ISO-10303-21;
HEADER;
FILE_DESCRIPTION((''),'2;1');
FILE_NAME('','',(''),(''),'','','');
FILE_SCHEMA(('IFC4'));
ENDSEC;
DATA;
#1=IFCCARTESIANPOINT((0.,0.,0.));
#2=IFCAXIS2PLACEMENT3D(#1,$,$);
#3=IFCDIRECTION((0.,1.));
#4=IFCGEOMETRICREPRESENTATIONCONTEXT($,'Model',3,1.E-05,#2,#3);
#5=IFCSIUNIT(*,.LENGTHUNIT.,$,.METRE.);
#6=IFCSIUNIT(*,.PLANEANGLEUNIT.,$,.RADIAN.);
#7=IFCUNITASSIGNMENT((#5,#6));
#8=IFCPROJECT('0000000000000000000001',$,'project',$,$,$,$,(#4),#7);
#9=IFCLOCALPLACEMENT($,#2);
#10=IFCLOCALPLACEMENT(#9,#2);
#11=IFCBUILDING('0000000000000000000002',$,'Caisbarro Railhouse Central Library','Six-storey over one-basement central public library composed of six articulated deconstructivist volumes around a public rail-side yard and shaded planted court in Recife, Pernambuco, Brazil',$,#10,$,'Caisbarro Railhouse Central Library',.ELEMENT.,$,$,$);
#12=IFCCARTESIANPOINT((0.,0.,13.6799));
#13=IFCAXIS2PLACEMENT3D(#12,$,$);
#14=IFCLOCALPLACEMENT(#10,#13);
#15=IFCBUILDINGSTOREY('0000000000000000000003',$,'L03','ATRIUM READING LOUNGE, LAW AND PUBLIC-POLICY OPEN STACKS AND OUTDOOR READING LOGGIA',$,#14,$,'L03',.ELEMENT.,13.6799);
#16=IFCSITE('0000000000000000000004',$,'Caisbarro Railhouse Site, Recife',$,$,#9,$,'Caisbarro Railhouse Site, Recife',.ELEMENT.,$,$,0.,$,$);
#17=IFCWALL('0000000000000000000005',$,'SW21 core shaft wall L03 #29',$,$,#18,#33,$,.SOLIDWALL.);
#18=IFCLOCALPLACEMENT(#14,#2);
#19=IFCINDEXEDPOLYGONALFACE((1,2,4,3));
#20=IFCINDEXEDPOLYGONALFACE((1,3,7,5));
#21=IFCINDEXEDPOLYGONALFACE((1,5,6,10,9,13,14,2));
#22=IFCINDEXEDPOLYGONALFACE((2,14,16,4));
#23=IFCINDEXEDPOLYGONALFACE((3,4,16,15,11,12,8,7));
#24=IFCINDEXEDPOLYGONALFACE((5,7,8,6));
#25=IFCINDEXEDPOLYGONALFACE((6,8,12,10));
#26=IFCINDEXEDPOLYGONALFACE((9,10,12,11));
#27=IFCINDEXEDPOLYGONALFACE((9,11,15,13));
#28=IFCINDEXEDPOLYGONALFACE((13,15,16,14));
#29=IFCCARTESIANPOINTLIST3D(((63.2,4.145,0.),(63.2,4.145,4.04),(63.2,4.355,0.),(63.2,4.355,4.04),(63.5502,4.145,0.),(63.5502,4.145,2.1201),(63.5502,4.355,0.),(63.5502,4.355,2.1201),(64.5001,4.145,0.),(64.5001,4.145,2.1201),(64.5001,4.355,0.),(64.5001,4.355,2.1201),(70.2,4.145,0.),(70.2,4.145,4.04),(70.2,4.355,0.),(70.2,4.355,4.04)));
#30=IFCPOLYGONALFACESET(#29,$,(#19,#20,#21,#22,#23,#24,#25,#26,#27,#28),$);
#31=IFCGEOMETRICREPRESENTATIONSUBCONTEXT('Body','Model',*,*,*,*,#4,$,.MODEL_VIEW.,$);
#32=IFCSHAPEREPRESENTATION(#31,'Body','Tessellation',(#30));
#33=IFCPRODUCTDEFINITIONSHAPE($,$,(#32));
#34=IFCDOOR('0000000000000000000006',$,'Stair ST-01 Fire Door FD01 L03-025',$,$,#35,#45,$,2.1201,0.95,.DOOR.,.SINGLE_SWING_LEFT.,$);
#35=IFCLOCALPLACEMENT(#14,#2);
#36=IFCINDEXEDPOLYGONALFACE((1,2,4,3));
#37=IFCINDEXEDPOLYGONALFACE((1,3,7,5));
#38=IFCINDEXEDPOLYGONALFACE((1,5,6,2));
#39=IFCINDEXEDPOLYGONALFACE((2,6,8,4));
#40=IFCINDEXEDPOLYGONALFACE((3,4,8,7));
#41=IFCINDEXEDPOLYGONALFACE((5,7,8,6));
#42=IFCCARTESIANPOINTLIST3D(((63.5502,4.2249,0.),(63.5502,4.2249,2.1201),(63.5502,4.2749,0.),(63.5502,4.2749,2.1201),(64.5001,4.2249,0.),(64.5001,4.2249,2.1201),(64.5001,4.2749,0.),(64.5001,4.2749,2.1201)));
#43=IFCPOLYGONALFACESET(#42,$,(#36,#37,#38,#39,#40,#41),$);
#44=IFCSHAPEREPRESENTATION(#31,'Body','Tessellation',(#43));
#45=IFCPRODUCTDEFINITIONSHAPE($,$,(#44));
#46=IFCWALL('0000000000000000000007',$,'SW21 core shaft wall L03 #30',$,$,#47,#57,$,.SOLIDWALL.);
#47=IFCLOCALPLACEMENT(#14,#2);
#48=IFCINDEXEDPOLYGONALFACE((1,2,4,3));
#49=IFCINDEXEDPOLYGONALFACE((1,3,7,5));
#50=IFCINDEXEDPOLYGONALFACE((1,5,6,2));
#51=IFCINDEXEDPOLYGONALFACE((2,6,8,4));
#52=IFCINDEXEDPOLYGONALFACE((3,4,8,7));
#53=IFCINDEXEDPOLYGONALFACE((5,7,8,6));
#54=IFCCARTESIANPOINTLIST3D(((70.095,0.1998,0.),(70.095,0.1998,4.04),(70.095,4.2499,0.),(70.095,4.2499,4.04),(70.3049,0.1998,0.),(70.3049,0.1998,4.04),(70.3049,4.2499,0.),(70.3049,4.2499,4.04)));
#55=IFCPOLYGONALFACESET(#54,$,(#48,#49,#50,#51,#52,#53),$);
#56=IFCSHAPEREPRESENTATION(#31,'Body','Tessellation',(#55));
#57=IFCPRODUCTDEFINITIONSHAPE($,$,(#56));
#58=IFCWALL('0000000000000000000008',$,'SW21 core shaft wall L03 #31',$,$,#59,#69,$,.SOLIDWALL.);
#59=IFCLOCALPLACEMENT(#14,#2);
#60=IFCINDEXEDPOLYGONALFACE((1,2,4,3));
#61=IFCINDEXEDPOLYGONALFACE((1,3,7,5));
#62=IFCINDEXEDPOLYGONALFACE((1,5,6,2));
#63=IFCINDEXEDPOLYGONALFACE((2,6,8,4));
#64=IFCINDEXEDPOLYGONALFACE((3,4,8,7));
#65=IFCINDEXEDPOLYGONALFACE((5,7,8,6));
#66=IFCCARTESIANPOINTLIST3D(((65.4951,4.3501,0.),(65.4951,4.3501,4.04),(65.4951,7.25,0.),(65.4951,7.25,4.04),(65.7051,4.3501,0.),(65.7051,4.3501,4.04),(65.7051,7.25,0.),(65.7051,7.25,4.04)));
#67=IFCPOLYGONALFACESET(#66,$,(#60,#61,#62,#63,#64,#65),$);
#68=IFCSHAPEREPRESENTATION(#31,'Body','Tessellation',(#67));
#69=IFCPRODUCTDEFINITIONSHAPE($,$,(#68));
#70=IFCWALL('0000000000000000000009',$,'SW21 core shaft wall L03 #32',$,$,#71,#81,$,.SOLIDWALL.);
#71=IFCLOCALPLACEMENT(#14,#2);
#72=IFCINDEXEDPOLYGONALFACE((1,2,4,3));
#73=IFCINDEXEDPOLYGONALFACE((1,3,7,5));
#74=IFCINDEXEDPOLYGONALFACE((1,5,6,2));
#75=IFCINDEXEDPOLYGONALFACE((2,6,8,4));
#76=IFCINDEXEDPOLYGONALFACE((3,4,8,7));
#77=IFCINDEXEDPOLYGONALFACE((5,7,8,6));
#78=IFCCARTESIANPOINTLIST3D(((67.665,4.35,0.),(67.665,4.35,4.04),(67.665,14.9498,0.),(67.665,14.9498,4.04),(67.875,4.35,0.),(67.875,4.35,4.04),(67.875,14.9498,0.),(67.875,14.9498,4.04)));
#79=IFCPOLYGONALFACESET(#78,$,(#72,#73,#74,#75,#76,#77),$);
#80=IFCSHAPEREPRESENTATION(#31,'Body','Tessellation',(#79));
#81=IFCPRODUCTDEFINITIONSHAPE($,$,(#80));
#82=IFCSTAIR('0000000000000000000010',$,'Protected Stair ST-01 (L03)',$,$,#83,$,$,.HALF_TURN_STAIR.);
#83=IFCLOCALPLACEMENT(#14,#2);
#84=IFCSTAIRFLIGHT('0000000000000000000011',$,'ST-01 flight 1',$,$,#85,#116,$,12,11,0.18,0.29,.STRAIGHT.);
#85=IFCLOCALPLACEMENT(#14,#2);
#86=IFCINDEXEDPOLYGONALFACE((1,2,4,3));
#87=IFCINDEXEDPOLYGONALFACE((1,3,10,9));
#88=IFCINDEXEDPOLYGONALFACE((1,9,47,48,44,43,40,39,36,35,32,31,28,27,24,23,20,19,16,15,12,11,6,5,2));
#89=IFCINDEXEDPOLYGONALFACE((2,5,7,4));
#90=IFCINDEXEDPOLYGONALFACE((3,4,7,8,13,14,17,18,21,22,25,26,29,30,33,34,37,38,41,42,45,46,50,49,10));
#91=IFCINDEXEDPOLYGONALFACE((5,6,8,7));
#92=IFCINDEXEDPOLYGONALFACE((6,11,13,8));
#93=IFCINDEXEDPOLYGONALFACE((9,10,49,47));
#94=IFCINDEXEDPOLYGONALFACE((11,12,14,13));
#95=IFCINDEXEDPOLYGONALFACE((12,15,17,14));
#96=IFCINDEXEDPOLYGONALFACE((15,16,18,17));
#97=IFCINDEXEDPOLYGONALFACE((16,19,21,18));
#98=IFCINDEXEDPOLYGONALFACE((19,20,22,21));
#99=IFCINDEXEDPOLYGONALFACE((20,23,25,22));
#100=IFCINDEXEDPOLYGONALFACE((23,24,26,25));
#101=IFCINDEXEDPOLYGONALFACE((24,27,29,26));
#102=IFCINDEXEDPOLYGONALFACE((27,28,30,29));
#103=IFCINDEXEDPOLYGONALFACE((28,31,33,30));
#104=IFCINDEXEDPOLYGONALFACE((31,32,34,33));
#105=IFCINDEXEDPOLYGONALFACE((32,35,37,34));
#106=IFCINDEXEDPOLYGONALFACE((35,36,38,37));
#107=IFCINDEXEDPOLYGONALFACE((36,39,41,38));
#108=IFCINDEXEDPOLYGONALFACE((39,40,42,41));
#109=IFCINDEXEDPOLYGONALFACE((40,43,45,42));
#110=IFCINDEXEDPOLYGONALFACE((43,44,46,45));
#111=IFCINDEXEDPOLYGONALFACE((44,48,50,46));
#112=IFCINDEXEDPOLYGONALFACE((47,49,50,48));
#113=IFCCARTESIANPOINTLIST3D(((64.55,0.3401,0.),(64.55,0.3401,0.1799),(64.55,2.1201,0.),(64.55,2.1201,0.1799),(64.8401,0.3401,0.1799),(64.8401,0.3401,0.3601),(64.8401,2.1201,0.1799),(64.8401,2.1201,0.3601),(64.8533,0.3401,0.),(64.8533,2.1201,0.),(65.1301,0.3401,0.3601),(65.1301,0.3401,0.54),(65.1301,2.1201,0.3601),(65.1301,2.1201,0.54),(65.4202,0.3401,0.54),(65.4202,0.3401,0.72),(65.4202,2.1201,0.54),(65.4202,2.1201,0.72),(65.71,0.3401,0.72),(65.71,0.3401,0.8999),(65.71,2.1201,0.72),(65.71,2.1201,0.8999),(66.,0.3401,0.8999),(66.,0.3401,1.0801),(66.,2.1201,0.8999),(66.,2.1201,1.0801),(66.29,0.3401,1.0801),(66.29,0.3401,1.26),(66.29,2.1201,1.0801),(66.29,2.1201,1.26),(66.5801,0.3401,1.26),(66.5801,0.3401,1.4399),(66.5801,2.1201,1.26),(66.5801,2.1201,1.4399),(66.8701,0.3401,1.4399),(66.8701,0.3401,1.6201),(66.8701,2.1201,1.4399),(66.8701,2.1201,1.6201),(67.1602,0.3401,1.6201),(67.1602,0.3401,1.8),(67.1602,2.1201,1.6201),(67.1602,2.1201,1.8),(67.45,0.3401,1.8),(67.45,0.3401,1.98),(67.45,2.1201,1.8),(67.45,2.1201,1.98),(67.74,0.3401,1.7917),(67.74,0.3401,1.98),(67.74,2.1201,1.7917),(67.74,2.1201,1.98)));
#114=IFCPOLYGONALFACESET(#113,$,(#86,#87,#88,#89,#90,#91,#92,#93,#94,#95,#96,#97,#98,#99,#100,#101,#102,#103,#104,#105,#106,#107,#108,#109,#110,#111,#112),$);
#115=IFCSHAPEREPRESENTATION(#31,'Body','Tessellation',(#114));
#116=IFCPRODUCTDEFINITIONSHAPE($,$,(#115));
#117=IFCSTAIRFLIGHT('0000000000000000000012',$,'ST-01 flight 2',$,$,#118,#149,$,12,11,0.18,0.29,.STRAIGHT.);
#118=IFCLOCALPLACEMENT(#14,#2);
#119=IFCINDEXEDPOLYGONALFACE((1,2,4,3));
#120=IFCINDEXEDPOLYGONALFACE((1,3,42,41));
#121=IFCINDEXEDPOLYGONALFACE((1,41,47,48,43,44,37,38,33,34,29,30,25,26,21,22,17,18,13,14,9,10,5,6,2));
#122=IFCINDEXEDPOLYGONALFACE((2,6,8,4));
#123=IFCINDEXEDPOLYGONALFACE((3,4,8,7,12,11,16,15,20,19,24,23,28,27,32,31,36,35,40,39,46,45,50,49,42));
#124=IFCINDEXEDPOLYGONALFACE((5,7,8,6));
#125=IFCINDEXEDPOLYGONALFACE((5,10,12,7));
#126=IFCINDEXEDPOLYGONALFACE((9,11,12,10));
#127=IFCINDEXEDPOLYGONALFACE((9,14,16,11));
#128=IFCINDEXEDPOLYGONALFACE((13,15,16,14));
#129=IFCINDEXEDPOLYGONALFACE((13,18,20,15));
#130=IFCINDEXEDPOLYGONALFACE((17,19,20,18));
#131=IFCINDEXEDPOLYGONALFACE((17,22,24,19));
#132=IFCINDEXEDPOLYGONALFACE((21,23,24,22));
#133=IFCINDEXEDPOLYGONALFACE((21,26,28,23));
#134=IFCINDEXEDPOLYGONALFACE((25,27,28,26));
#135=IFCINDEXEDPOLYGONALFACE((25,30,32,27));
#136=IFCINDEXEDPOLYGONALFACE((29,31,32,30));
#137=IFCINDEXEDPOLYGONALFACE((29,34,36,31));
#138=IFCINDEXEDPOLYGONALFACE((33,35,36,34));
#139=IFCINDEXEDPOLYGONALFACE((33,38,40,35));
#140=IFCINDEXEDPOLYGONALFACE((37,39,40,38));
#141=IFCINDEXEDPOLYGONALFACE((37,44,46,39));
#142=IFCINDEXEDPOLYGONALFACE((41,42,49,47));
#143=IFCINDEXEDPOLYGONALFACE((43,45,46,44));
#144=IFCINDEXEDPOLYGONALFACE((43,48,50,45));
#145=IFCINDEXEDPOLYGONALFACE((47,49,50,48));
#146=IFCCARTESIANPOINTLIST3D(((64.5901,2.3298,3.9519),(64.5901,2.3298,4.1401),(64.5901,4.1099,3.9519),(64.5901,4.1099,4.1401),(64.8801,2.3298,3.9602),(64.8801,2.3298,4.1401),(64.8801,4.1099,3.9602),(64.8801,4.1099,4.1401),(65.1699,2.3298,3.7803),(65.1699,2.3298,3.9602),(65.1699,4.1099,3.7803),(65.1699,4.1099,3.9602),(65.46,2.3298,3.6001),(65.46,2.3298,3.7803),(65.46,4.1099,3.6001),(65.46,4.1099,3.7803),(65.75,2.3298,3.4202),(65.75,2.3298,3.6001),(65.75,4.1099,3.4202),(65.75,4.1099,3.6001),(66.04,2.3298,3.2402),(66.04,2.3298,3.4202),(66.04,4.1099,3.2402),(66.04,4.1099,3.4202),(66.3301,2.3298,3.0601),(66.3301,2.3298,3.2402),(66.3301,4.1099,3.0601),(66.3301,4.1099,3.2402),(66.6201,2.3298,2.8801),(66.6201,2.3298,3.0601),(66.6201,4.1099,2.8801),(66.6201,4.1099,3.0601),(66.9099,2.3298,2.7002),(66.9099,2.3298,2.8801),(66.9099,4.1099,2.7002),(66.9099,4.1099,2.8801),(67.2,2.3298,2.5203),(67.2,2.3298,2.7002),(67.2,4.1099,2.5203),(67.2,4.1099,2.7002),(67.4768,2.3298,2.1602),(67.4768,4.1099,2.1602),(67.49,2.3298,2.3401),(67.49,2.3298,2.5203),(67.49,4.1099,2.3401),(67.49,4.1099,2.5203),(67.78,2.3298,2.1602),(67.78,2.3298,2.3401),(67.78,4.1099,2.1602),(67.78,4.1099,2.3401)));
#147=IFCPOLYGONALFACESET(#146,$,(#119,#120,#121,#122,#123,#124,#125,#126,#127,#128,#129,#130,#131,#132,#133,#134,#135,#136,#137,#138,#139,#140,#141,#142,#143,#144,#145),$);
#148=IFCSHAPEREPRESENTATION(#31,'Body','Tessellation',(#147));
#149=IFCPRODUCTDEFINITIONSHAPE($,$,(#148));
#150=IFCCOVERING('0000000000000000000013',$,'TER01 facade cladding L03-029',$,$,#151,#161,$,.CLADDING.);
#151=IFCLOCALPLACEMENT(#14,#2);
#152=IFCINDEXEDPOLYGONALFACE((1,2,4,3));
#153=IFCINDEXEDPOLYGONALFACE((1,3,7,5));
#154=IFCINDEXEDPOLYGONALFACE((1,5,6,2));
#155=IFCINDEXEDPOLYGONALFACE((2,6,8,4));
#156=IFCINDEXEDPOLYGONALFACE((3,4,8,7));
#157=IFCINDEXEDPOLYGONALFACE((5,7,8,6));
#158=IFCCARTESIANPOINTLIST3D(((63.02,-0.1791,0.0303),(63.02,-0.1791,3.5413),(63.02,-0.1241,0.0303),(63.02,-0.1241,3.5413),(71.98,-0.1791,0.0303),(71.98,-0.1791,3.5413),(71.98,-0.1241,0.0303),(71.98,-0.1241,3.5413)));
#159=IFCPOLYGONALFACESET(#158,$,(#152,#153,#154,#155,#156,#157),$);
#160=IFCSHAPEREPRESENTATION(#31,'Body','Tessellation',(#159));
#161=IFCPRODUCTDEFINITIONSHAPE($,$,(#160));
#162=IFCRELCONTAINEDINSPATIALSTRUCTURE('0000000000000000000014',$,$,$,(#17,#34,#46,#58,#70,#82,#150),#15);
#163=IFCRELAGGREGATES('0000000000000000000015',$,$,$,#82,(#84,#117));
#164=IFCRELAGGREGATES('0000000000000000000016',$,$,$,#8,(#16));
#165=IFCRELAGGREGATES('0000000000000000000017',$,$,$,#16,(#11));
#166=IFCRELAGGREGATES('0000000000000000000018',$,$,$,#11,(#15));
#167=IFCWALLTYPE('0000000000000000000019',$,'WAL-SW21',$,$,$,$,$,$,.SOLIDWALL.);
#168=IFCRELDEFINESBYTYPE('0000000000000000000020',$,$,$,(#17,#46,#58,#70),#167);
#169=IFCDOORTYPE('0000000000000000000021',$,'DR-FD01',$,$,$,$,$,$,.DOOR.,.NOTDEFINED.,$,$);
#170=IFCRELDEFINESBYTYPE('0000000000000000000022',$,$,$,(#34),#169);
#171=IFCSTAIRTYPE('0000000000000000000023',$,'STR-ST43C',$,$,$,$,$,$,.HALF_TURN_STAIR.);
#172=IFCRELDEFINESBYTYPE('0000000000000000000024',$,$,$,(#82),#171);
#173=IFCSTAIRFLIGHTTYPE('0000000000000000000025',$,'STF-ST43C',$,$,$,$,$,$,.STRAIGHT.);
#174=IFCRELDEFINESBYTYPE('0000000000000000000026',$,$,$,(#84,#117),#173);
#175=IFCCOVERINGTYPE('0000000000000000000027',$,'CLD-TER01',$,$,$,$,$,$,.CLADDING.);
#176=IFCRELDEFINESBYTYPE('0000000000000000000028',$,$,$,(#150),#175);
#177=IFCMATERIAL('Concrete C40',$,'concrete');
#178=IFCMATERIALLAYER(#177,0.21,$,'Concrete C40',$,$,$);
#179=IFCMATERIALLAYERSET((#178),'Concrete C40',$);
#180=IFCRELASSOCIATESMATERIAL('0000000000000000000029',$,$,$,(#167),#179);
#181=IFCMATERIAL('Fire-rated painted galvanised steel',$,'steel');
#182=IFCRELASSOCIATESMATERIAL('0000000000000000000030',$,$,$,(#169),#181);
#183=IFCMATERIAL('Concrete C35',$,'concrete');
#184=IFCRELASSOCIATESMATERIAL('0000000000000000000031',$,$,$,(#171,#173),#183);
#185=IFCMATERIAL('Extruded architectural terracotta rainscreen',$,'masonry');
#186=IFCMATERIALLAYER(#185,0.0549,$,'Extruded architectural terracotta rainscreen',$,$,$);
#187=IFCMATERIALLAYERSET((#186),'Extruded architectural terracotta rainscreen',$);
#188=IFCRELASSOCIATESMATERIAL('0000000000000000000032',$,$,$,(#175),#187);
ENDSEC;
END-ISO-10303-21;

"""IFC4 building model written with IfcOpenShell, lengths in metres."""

from ifc_helpers import new_model, si_unit, direction, frame, frame_2d, origin, origin_2d, place, context, subcontext, project, spatial, polyline, rectangle, outline, extrude, material, layer, layer_set, type_object, element, fill, aggregate, save


model = new_model("IFC4")

# Units and contexts
model_context = context("Model", 3, precision=1e-05, world=origin(), true_north=direction((0.0, 1.0)))
body_context = subcontext(model_context, "Body", "Model", "MODEL_VIEW")
ifc_project = project(units=[si_unit("LENGTHUNIT", "METRE"), si_unit("PLANEANGLEUNIT", "RADIAN")], contexts=[model_context])

# Site, building, storey
site_placement = place(None, origin())
site = spatial("IfcSite", under=ifc_project, at=site_placement, Name="Caisbarro Railhouse Site, Recife", LongName="Caisbarro Railhouse Site, Recife", CompositionType="ELEMENT", RefElevation=0.0)
building_placement = place(site_placement, origin())
building = spatial("IfcBuilding", under=site, at=building_placement, Name="Caisbarro Railhouse Central Library", Description="Six-storey over one-basement central public library composed of six articulated deconstructivist volumes around a public rail-side yard and shaded planted court in Recife, Pernambuco, Brazil", LongName="Caisbarro Railhouse Central Library", CompositionType="ELEMENT")
storey_placement = place(building_placement, frame((0.0, 0.0, 13.6799)))
storey = spatial("IfcBuildingStorey", under=building, at=storey_placement, Name="L03", Description="ATRIUM READING LOUNGE, LAW AND PUBLIC-POLICY OPEN STACKS AND OUTDOOR READING LOGGIA", LongName="L03", CompositionType="ELEMENT", Elevation=13.6799)

# Shared definitions
ifc_material_1 = material(Name="Concrete C40", Category="concrete")

# Wall, opening, door
ifc_layer_1 = layer(ifc_material_1, 0.21, Name="Concrete C40")
ifc_layer_set_1 = layer_set([ifc_layer_1], Name="Concrete C40")
wall_type_1 = type_object("IfcWallType", Name="WAL-SW21", PredefinedType="SOLIDWALL", material=ifc_layer_set_1)
wall_1_placement = place(storey_placement, frame((63.2, 4.25, 0.0), z_axis=(0.0, 0.0, 1.0), x_axis=(1.0, 0.0, 0.0)))
wall_1 = element("IfcWall", 1, at=wall_1_placement, inside=storey, type_object=wall_type_1, Name="SW21 core shaft wall L03 #29", PredefinedType="SOLIDWALL", context=body_context, shape_type="SweptSolid", body=[
    extrude(rectangle(XDim=7.0, YDim=0.21, at=frame_2d((3.5, 0.0))), origin(), (0.0, 0.0, 1.0), 4.04),
])
opening_1_placement = place(wall_1_placement, frame((0.3501, 0.0, 0.0)))
opening_1 = element("IfcOpeningElement", 2, at=opening_1_placement, cuts=wall_1, PredefinedType="OPENING", context=body_context, shape_type="SweptSolid", body=[
    extrude(rectangle(XDim=0.95, YDim=2.1201, at=frame_2d((0.4751, 1.0601))), frame((0.0, 0.115, 0.0), z_axis=(0.0, -1.0, 0.0), x_axis=(1.0, 0.0, 0.0)), (0.0, 0.0, 1.0), 0.23),
])
ifc_material_2 = material(Name="Fire-rated painted galvanised steel", Category="steel")
door_type = type_object("IfcDoorType", Name="DR-FD01", OperationType="NOTDEFINED", PredefinedType="DOOR", material=ifc_material_2)
door_placement = place(opening_1_placement, origin())
door = element("IfcDoor", 3, at=door_placement, inside=storey, type_object=door_type, Name="Stair ST-01 Fire Door FD01 L03-025", OperationType="SINGLE_SWING_LEFT", OverallHeight=2.1201, OverallWidth=0.95, PredefinedType="DOOR", context=body_context, shape_type="SweptSolid", body=[
    extrude(rectangle(XDim=0.95, YDim=2.1201, at=frame_2d((0.4751, 1.0601))), frame((0.0, 0.0249, 0.0), z_axis=(0.0, -1.0, 0.0), x_axis=(1.0, 0.0, 0.0)), (0.0, 0.0, 1.0), 0.05),
])
fill(opening_1, door)

# Walls
wall_2_placement = place(storey_placement, frame((70.2, 0.2, 0.0), z_axis=(0.0, 0.0, 1.0), x_axis=(0.0, 1.0, 0.0)))
element("IfcWall", 4, at=wall_2_placement, inside=storey, type_object=wall_type_1, Name="SW21 core shaft wall L03 #30", PredefinedType="SOLIDWALL", context=body_context, shape_type="SweptSolid", body=[
    extrude(rectangle(XDim=4.05, YDim=0.21, at=frame_2d((2.0249, 0.0))), origin(), (0.0, 0.0, 1.0), 4.04),
])
wall_3_placement = place(storey_placement, frame((65.6001, 4.3501, 0.0), z_axis=(0.0, 0.0, 1.0), x_axis=(0.0, 1.0, 0.0)))
element("IfcWall", 5, at=wall_3_placement, inside=storey, type_object=wall_type_1, Name="SW21 core shaft wall L03 #31", PredefinedType="SOLIDWALL", context=body_context, shape_type="SweptSolid", body=[
    extrude(rectangle(XDim=2.8999, YDim=0.21, at=frame_2d((1.45, 0.0))), origin(), (0.0, 0.0, 1.0), 4.04),
])
wall_4_placement = place(storey_placement, frame((67.77, 4.3501, 0.0), z_axis=(0.0, 0.0, 1.0), x_axis=(0.0, 1.0, 0.0)))
element("IfcWall", 6, at=wall_4_placement, inside=storey, type_object=wall_type_1, Name="SW21 core shaft wall L03 #32", PredefinedType="SOLIDWALL", context=body_context, shape_type="SweptSolid", body=[
    extrude(rectangle(XDim=10.5999, YDim=0.21, at=frame_2d((5.2998, 0.0))), origin(), (0.0, 0.0, 1.0), 4.04),
])

# Stair, stair flights
ifc_material_3 = material(Name="Concrete C35", Category="concrete")
stair_type = type_object("IfcStairType", Name="STR-ST43C", PredefinedType="HALF_TURN_STAIR", material=ifc_material_3)
stair_placement = place(storey_placement, origin())
stair = element("IfcStair", 7, at=stair_placement, inside=storey, type_object=stair_type, Name="Protected Stair ST-01 (L03)", PredefinedType="HALF_TURN_STAIR")
stair_flight_type = type_object("IfcStairFlightType", Name="STF-ST43C", PredefinedType="STRAIGHT", material=ifc_material_3)
stair_flight_1_placement = place(storey_placement, frame((64.55, 1.23, 0.0), z_axis=(0.0, 0.0, 1.0), x_axis=(1.0, 0.0, 0.0)))
stair_flight_1 = element("IfcStairFlight", 8, at=stair_flight_1_placement, type_object=stair_flight_type, Name="ST-01 flight 1", NumberOfRisers=12, NumberOfTreads=11, PredefinedType="STRAIGHT", RiserHeight=0.18, TreadLength=0.29, context=body_context, shape_type="SweptSolid", body=[
    extrude(outline(polyline([(0.0, 0.0), (0.0, 0.1799), (0.29, 0.1799), (0.29, 0.3601), (0.5801, 0.3601), (0.5801, 0.54), (0.8701, 0.54), (0.8701, 0.72), (1.1599, 0.72), (1.1599, 0.8999), (1.45, 0.8999), (1.45, 1.0801), (1.74, 1.0801), (1.74, 1.26), (2.03, 1.26), (2.03, 1.4399), (2.3201, 1.4399), (2.3201, 1.6201), (2.6101, 1.6201), (2.6101, 1.8), (2.8999, 1.8), (2.8999, 1.98), (3.1899, 1.98), (3.1899, 2.1599), (3.1899, 1.7917), (0.3032, 0.0), (0.0, 0.0)])), frame((0.0, 0.8901, 0.0), z_axis=(0.0, -1.0, 0.0), x_axis=(1.0, 0.0, 0.0)), (0.0, 0.0, 1.0), 1.78),
])
stair_flight_2_placement = place(storey_placement, frame((67.78, 3.22, 2.1602), z_axis=(0.0, 0.0, 1.0), x_axis=(-1.0, 0.0, 0.0)))
stair_flight_2 = element("IfcStairFlight", 9, at=stair_flight_2_placement, type_object=stair_flight_type, Name="ST-01 flight 2", NumberOfRisers=12, NumberOfTreads=11, PredefinedType="STRAIGHT", RiserHeight=0.18, TreadLength=0.29, context=body_context, shape_type="SweptSolid", body=[
    extrude(outline(polyline([(0.0, 0.0), (0.0, 0.1799), (0.29, 0.1799), (0.29, 0.3601), (0.5801, 0.3601), (0.5801, 0.54), (0.8701, 0.54), (0.8701, 0.72), (1.1599, 0.72), (1.1599, 0.8999), (1.45, 0.8999), (1.45, 1.0801), (1.74, 1.0801), (1.74, 1.26), (2.03, 1.26), (2.03, 1.4399), (2.3201, 1.4399), (2.3201, 1.6201), (2.6101, 1.6201), (2.6101, 1.8), (2.8999, 1.8), (2.8999, 1.98), (3.1899, 1.98), (3.1899, 2.1599), (3.1899, 1.7917), (0.3032, 0.0), (0.0, 0.0)])), frame((0.0, 0.8901, 0.0), z_axis=(0.0, -1.0, 0.0), x_axis=(1.0, 0.0, 0.0)), (0.0, 0.0, 1.0), 1.78),
])
aggregate(stair, [stair_flight_1, stair_flight_2])

# Covering
ifc_material_4 = material(Name="Extruded architectural terracotta rainscreen", Category="masonry")
ifc_layer_2 = layer(ifc_material_4, 0.0549, Name="Extruded architectural terracotta rainscreen")
ifc_layer_set_2 = layer_set([ifc_layer_2], Name="Extruded architectural terracotta rainscreen")
covering_type = type_object("IfcCoveringType", Name="CLD-TER01", PredefinedType="CLADDING", material=ifc_layer_set_2)
covering_placement = place(storey_placement, frame((67.5, -0.1516, 0.0303), z_axis=(0.0, 0.0, 1.0), x_axis=(1.0, 0.0, 0.0)))
element("IfcCovering", 10, at=covering_placement, inside=storey, type_object=covering_type, Name="TER01 facade cladding L03-029", PredefinedType="CLADDING", context=body_context, shape_type="SweptSolid", body=[
    extrude(rectangle(XDim=8.96, YDim=0.0549, at=origin_2d()), origin(), (0.0, 0.0, 1.0), 3.511),
])

save(model, "model.ifc")
